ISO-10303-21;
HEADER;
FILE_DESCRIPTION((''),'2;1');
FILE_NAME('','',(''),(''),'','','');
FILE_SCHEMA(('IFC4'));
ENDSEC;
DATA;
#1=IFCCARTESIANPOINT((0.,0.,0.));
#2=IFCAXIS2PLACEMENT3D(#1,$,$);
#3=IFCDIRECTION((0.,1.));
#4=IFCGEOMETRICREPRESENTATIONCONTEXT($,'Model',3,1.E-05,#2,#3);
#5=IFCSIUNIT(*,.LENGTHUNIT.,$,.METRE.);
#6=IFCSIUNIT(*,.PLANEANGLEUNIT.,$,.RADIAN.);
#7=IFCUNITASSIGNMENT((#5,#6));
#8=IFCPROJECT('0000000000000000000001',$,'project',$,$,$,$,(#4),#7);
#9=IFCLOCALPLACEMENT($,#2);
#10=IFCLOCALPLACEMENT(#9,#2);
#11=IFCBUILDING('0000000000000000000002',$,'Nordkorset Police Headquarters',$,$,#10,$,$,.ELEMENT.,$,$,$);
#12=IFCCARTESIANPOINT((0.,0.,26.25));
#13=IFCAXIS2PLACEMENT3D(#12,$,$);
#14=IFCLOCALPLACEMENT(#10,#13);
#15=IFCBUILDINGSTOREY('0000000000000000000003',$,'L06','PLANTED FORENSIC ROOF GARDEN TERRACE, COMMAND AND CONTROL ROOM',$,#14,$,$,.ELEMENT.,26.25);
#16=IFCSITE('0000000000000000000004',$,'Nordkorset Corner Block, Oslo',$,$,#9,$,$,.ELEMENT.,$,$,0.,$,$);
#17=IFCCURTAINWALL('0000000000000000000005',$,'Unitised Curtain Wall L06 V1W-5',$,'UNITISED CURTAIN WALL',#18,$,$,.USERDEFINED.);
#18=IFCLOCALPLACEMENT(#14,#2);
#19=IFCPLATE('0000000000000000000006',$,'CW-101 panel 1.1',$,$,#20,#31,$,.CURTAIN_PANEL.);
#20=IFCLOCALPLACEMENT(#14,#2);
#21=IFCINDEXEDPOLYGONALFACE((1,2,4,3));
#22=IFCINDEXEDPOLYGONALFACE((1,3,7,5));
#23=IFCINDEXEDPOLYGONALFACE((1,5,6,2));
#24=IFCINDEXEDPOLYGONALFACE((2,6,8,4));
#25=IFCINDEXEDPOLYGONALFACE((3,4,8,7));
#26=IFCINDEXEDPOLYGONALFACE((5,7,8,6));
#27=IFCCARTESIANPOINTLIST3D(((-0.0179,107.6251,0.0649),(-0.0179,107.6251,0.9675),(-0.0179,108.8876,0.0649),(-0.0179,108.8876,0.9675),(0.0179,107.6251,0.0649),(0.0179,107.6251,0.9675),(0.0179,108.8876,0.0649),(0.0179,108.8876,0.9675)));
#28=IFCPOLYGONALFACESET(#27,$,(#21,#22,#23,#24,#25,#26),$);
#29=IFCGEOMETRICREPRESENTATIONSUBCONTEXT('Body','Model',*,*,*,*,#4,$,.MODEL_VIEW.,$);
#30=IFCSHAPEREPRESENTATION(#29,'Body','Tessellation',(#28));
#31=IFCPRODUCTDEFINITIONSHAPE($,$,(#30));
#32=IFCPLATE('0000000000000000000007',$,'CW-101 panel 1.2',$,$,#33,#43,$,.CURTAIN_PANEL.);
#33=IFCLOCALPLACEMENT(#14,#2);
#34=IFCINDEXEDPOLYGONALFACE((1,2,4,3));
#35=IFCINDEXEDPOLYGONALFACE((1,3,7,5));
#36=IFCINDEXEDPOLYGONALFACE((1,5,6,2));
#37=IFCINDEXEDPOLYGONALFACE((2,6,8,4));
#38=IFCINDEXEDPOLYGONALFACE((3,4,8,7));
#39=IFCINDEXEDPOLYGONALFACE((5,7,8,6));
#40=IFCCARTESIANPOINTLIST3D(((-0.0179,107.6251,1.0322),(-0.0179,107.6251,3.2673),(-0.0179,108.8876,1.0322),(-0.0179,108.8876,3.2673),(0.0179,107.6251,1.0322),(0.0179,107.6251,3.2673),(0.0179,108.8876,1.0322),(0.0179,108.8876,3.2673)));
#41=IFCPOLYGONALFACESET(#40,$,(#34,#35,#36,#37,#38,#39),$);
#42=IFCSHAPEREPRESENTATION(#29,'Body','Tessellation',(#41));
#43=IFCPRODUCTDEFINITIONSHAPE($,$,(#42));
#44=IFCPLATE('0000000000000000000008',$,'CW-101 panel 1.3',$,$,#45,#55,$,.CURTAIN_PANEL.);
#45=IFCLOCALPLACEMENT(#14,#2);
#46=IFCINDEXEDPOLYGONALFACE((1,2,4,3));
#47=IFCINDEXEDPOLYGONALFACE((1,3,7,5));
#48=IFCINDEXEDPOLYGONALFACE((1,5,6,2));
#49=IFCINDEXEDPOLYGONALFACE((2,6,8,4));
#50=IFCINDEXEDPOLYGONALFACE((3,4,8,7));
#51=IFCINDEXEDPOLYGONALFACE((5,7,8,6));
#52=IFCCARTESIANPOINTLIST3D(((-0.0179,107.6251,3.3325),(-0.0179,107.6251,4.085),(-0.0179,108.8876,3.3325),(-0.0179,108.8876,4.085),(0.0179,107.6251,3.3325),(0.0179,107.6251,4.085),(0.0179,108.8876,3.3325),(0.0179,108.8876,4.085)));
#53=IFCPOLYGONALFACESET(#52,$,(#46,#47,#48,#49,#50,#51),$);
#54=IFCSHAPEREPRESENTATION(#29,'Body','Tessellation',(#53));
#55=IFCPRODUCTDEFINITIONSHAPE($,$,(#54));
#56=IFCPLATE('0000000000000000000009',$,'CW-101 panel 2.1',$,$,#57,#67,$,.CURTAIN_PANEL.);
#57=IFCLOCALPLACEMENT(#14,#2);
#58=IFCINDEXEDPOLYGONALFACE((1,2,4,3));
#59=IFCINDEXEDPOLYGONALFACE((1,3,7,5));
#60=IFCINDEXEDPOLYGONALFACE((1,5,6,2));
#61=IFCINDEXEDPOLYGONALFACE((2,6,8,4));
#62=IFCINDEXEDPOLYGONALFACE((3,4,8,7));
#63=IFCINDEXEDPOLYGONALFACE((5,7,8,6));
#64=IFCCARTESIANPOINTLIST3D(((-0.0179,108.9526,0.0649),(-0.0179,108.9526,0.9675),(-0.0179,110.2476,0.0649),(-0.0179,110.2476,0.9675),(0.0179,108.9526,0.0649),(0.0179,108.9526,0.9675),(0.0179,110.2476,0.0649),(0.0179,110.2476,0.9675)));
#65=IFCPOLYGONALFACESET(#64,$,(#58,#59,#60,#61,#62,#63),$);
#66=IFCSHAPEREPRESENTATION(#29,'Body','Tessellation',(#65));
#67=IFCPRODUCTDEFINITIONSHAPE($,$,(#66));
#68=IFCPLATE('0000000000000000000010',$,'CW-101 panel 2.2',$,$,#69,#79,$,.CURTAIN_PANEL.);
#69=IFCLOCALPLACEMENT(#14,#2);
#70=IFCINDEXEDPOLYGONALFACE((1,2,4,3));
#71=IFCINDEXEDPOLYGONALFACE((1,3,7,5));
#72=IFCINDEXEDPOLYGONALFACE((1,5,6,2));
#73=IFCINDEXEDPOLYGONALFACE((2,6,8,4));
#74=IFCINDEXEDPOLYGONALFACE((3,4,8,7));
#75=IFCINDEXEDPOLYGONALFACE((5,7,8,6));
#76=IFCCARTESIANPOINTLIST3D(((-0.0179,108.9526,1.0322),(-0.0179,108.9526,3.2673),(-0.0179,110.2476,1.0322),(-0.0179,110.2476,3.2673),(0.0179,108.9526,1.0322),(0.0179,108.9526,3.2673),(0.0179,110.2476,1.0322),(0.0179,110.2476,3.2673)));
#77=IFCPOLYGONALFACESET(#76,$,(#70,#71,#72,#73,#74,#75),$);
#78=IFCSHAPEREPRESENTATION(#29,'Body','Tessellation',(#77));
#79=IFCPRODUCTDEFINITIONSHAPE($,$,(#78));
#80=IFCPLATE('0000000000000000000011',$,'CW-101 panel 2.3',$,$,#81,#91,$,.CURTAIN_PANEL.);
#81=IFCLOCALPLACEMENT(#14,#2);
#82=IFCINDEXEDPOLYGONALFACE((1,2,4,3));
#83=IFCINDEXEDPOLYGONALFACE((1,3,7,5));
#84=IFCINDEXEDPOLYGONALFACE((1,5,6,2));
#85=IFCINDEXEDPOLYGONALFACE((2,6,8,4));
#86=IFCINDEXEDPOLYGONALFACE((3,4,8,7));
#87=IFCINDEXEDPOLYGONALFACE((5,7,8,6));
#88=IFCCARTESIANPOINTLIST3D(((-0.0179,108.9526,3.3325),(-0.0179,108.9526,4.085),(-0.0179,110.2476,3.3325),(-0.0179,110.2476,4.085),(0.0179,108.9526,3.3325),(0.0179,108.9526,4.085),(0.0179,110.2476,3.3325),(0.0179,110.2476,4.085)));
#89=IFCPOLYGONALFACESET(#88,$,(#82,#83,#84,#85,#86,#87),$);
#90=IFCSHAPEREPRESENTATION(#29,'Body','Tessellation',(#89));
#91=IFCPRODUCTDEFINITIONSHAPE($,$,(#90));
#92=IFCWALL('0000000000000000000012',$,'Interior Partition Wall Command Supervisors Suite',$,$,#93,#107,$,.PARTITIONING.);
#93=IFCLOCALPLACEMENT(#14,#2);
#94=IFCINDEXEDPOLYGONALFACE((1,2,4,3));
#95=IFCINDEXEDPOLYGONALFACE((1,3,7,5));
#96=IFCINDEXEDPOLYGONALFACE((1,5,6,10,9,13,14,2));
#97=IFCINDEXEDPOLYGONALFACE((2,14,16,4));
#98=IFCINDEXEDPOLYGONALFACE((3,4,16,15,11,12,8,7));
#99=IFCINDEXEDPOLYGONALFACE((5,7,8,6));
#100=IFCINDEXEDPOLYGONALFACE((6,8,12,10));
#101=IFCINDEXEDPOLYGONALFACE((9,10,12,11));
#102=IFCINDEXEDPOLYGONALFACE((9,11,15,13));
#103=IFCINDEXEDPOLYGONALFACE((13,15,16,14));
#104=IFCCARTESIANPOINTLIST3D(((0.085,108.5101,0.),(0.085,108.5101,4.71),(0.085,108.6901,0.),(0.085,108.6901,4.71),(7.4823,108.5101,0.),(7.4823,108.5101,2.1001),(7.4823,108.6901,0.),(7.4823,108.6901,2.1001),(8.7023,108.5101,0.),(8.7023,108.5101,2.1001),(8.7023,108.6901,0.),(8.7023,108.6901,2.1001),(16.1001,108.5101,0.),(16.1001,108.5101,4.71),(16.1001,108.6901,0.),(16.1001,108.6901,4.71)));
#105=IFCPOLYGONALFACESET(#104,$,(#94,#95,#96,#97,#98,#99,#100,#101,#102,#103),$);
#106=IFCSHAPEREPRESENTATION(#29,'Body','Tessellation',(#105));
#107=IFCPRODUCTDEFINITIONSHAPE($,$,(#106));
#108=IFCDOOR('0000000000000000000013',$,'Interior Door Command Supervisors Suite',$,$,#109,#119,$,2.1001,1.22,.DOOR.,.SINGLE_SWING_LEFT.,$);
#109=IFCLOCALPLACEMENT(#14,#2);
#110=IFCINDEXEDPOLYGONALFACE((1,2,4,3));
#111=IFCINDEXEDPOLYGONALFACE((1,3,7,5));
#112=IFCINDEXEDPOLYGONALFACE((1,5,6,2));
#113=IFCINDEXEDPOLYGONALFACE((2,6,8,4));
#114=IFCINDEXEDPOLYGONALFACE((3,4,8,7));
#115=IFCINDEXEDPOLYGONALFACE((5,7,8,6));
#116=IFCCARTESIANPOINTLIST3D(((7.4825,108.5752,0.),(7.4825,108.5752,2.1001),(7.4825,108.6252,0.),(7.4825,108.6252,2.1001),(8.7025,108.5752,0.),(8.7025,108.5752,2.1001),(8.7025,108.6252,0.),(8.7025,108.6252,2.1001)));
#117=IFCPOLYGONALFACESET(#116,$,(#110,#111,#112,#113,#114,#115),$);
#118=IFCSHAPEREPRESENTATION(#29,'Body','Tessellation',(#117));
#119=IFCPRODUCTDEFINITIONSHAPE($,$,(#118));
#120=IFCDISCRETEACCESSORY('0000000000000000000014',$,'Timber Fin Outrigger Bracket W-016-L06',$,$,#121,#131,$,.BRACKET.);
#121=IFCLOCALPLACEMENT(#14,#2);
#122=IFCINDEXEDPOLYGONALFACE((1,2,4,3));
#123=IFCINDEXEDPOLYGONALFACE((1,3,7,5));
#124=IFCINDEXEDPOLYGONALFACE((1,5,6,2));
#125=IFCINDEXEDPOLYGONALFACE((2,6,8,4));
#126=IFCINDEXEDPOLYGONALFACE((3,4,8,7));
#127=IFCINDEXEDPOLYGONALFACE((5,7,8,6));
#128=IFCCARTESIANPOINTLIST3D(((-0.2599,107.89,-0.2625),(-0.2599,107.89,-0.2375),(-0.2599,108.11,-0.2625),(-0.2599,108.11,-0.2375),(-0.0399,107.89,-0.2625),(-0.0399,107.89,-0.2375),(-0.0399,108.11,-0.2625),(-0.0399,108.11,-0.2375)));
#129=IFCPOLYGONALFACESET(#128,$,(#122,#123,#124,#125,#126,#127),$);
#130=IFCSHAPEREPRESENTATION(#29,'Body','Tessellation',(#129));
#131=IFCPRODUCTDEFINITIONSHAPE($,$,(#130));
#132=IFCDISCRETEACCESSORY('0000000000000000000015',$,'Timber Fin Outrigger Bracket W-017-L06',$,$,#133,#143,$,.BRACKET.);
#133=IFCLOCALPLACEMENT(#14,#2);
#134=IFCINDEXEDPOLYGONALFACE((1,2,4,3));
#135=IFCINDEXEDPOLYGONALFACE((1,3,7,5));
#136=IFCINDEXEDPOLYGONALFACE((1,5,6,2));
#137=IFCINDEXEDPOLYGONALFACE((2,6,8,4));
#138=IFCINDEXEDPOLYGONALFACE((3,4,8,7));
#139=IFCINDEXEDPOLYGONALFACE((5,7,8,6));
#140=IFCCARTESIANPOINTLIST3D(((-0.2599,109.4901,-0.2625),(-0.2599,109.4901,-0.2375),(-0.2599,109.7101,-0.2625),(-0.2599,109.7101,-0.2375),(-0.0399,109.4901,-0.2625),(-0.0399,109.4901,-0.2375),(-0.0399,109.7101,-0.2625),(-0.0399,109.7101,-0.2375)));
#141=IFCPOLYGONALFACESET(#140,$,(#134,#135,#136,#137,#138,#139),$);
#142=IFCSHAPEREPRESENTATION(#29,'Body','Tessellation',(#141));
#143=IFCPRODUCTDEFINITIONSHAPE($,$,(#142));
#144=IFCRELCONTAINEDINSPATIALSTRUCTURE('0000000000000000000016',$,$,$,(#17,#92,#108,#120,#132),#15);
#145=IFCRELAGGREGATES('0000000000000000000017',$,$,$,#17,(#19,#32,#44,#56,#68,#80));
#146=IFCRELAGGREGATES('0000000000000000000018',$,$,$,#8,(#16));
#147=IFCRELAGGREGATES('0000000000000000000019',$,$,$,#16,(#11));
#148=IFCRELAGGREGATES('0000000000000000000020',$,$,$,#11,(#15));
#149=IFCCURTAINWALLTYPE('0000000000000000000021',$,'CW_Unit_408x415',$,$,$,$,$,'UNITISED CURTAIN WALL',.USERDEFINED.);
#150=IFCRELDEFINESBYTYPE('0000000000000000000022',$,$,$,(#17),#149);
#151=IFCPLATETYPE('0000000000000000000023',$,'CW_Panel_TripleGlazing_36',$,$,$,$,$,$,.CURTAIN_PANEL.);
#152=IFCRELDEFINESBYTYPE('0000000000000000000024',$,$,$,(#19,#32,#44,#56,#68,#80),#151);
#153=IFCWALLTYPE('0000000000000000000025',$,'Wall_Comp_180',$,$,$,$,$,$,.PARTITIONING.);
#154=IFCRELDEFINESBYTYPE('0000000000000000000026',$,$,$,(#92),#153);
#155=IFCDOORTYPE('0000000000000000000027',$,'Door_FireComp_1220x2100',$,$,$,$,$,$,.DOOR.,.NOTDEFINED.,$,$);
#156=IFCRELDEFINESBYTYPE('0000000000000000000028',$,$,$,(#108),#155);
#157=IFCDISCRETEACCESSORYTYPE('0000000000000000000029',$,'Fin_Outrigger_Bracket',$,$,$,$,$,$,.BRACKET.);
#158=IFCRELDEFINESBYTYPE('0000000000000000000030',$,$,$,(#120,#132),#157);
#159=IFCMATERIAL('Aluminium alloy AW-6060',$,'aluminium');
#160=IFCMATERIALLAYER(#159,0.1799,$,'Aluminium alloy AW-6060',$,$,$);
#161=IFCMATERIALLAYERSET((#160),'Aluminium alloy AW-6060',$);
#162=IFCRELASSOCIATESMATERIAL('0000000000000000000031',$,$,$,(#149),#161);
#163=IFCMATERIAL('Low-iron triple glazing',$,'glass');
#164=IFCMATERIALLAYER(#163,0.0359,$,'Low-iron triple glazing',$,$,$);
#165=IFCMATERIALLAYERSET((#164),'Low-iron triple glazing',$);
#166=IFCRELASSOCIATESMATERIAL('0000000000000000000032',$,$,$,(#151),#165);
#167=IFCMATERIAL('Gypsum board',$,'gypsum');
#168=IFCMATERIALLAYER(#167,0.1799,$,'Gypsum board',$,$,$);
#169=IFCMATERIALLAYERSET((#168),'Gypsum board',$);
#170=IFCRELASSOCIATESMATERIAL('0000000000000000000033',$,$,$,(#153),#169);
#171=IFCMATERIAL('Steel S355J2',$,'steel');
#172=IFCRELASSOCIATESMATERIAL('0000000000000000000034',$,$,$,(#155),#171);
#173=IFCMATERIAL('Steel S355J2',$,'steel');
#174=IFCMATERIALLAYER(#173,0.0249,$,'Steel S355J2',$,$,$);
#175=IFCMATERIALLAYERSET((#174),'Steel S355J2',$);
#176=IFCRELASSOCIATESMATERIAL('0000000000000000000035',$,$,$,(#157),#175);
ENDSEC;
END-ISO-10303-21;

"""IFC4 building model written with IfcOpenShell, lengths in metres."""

from ifc_helpers import new_model, si_unit, direction, frame, frame_2d, origin, origin_2d, place, context, subcontext, project, spatial, rectangle, extrude, material, layer, layer_set, type_object, element, fill, aggregate, save


model = new_model("IFC4")

# Units and contexts
model_context = context("Model", 3, precision=1e-05, world=origin(), true_north=direction((0.0, 1.0)))
body_context = subcontext(model_context, "Body", "Model", "MODEL_VIEW")
ifc_project = project(units=[si_unit("LENGTHUNIT", "METRE"), si_unit("PLANEANGLEUNIT", "RADIAN")], contexts=[model_context])

# Site, building, storey
site_placement = place(None, origin())
site = spatial("IfcSite", under=ifc_project, at=site_placement, Name="Nordkorset Corner Block, Oslo", CompositionType="ELEMENT", RefElevation=0.0)
building_placement = place(site_placement, origin())
building = spatial("IfcBuilding", under=site, at=building_placement, Name="Nordkorset Police Headquarters", CompositionType="ELEMENT")
storey_placement = place(building_placement, frame((0.0, 0.0, 26.25)))
storey = spatial("IfcBuildingStorey", under=building, at=storey_placement, Name="L06", Description="PLANTED FORENSIC ROOF GARDEN TERRACE, COMMAND AND CONTROL ROOM", CompositionType="ELEMENT", Elevation=26.25)

# Curtain wall, plates
ifc_material_1 = material(Name="Aluminium alloy AW-6060", Category="aluminium")
ifc_layer_1 = layer(ifc_material_1, 0.1799, Name="Aluminium alloy AW-6060")
ifc_layer_set_1 = layer_set([ifc_layer_1], Name="Aluminium alloy AW-6060")
curtain_wall_type = type_object("IfcCurtainWallType", Name="CW_Unit_408x415", ElementType="UNITISED CURTAIN WALL", PredefinedType="USERDEFINED", material=ifc_layer_set_1)
curtain_wall_placement = place(storey_placement, origin())
curtain_wall = element("IfcCurtainWall", 1, at=curtain_wall_placement, inside=storey, type_object=curtain_wall_type, Name="Unitised Curtain Wall L06 V1W-5", ObjectType="UNITISED CURTAIN WALL", PredefinedType="USERDEFINED")
ifc_material_2 = material(Name="Low-iron triple glazing", Category="glass")
ifc_layer_2 = layer(ifc_material_2, 0.0359, Name="Low-iron triple glazing")
ifc_layer_set_2 = layer_set([ifc_layer_2], Name="Low-iron triple glazing")
plate_type = type_object("IfcPlateType", Name="CW_Panel_TripleGlazing_36", PredefinedType="CURTAIN_PANEL", material=ifc_layer_set_2)
plate_1_placement = place(storey_placement, frame((0.0, 108.2563, 0.0649), z_axis=(0.0, 0.0, 1.0), x_axis=(0.0, 1.0, 0.0)))
plate_1 = element("IfcPlate", 2, at=plate_1_placement, type_object=plate_type, Name="CW-101 panel 1.1", PredefinedType="CURTAIN_PANEL", context=body_context, shape_type="SweptSolid", body=[
    extrude(rectangle(XDim=1.2625, YDim=0.0359, at=origin_2d()), origin(), (0.0, 0.0, 1.0), 0.9026),
])
plate_2_placement = place(storey_placement, frame((0.0, 108.2563, 1.0322), z_axis=(0.0, 0.0, 1.0), x_axis=(0.0, 1.0, 0.0)))
plate_2 = element("IfcPlate", 3, at=plate_2_placement, type_object=plate_type, Name="CW-101 panel 1.2", PredefinedType="CURTAIN_PANEL", context=body_context, shape_type="SweptSolid", body=[
    extrude(rectangle(XDim=1.2625, YDim=0.0359, at=origin_2d()), origin(), (0.0, 0.0, 1.0), 2.2351),
])
plate_3_placement = place(storey_placement, frame((0.0, 108.2563, 3.3325), z_axis=(0.0, 0.0, 1.0), x_axis=(0.0, 1.0, 0.0)))
plate_3 = element("IfcPlate", 4, at=plate_3_placement, type_object=plate_type, Name="CW-101 panel 1.3", PredefinedType="CURTAIN_PANEL", context=body_context, shape_type="SweptSolid", body=[
    extrude(rectangle(XDim=1.2625, YDim=0.0359, at=origin_2d()), origin(), (0.0, 0.0, 1.0), 0.7524),
])
plate_4_placement = place(storey_placement, frame((0.0, 109.6001, 0.0649), z_axis=(0.0, 0.0, 1.0), x_axis=(0.0, 1.0, 0.0)))
plate_4 = element("IfcPlate", 5, at=plate_4_placement, type_object=plate_type, Name="CW-101 panel 2.1", PredefinedType="CURTAIN_PANEL", context=body_context, shape_type="SweptSolid", body=[
    extrude(rectangle(XDim=1.2949, YDim=0.0359, at=origin_2d()), origin(), (0.0, 0.0, 1.0), 0.9026),
])
plate_5_placement = place(storey_placement, frame((0.0, 109.6001, 1.0322), z_axis=(0.0, 0.0, 1.0), x_axis=(0.0, 1.0, 0.0)))
plate_5 = element("IfcPlate", 6, at=plate_5_placement, type_object=plate_type, Name="CW-101 panel 2.2", PredefinedType="CURTAIN_PANEL", context=body_context, shape_type="SweptSolid", body=[
    extrude(rectangle(XDim=1.2949, YDim=0.0359, at=origin_2d()), origin(), (0.0, 0.0, 1.0), 2.2351),
])
plate_6_placement = place(storey_placement, frame((0.0, 109.6001, 3.3325), z_axis=(0.0, 0.0, 1.0), x_axis=(0.0, 1.0, 0.0)))
plate_6 = element("IfcPlate", 7, at=plate_6_placement, type_object=plate_type, Name="CW-101 panel 2.3", PredefinedType="CURTAIN_PANEL", context=body_context, shape_type="SweptSolid", body=[
    extrude(rectangle(XDim=1.2949, YDim=0.0359, at=origin_2d()), origin(), (0.0, 0.0, 1.0), 0.7524),
])
aggregate(curtain_wall, [plate_1, plate_2, plate_3, plate_4, plate_5, plate_6])

# Wall, opening, door
ifc_material_3 = material(Name="Gypsum board", Category="gypsum")
ifc_layer_3 = layer(ifc_material_3, 0.1799, Name="Gypsum board")
ifc_layer_set_3 = layer_set([ifc_layer_3], Name="Gypsum board")
wall_type = type_object("IfcWallType", Name="Wall_Comp_180", PredefinedType="PARTITIONING", material=ifc_layer_set_3)
wall_placement = place(storey_placement, frame((0.085, 108.6001, 0.0), z_axis=(0.0, 0.0, 1.0), x_axis=(1.0, 0.0, 0.0)))
wall = element("IfcWall", 8, at=wall_placement, inside=storey, type_object=wall_type, Name="Interior Partition Wall Command Supervisors Suite", PredefinedType="PARTITIONING", context=body_context, shape_type="SweptSolid", body=[
    extrude(rectangle(XDim=16.0151, YDim=0.1799, at=frame_2d((8.0076, 0.0))), origin(), (0.0, 0.0, 1.0), 4.71),
])
opening_placement = place(wall_placement, frame((7.3975, 0.0, 0.0)))
opening = element("IfcOpeningElement", 9, at=opening_placement, cuts=wall, PredefinedType="OPENING", context=body_context, shape_type="SweptSolid", body=[
    extrude(rectangle(XDim=1.22, YDim=2.1001, at=frame_2d((0.6099, 1.05))), frame((0.0, 0.1001, 0.0), z_axis=(0.0, -1.0, 0.0), x_axis=(1.0, 0.0, 0.0)), (0.0, 0.0, 1.0), 0.2),
])
ifc_material_4 = material(Name="Steel S355J2", Category="steel")
door_type = type_object("IfcDoorType", Name="Door_FireComp_1220x2100", OperationType="NOTDEFINED", PredefinedType="DOOR", material=ifc_material_4)
door_placement = place(opening_placement, frame((1.22, 0.0, 0.0), z_axis=(0.0, 0.0, 1.0), x_axis=(-1.0, 0.0, 0.0)))
door = element("IfcDoor", 10, at=door_placement, inside=storey, type_object=door_type, Name="Interior Door Command Supervisors Suite", OperationType="SINGLE_SWING_LEFT", OverallHeight=2.1001, OverallWidth=1.22, PredefinedType="DOOR", context=body_context, shape_type="SweptSolid", body=[
    extrude(rectangle(XDim=1.22, YDim=2.1001, at=frame_2d((0.6099, 1.05))), frame((0.0, 0.0249, 0.0), z_axis=(0.0, -1.0, 0.0), x_axis=(1.0, 0.0, 0.0)), (0.0, 0.0, 1.0), 0.05),
])
fill(opening, door)

# Discrete accessories
ifc_material_5 = material(Name="Steel S355J2", Category="steel")
ifc_layer_4 = layer(ifc_material_5, 0.0249, Name="Steel S355J2")
ifc_layer_set_4 = layer_set([ifc_layer_4], Name="Steel S355J2")
discrete_accessory_type = type_object("IfcDiscreteAccessoryType", Name="Fin_Outrigger_Bracket", PredefinedType="BRACKET", material=ifc_layer_set_4)
for number, where, z_axis, x_axis, name in (
    (11, (-0.1499, 108.0, -0.2625), (0.0, 0.0, 1.0), (1.0, 0.0, 0.0), "Timber Fin Outrigger Bracket W-016-L06"),
    (12, (-0.1499, 109.6001, -0.2625), (0.0, 0.0, 1.0), (1.0, 0.0, 0.0), "Timber Fin Outrigger Bracket W-017-L06"),
):
    element("IfcDiscreteAccessory", number, at=place(storey_placement, frame(where, z_axis=z_axis, x_axis=x_axis)), inside=storey, type_object=discrete_accessory_type, Name=name, PredefinedType="BRACKET", context=body_context, shape_type="SweptSolid", body=[
        extrude(rectangle(XDim=0.22, YDim=0.22, at=origin_2d()), origin(), (0.0, 0.0, 1.0), 0.0249),
    ])

save(model, "model.ifc")
